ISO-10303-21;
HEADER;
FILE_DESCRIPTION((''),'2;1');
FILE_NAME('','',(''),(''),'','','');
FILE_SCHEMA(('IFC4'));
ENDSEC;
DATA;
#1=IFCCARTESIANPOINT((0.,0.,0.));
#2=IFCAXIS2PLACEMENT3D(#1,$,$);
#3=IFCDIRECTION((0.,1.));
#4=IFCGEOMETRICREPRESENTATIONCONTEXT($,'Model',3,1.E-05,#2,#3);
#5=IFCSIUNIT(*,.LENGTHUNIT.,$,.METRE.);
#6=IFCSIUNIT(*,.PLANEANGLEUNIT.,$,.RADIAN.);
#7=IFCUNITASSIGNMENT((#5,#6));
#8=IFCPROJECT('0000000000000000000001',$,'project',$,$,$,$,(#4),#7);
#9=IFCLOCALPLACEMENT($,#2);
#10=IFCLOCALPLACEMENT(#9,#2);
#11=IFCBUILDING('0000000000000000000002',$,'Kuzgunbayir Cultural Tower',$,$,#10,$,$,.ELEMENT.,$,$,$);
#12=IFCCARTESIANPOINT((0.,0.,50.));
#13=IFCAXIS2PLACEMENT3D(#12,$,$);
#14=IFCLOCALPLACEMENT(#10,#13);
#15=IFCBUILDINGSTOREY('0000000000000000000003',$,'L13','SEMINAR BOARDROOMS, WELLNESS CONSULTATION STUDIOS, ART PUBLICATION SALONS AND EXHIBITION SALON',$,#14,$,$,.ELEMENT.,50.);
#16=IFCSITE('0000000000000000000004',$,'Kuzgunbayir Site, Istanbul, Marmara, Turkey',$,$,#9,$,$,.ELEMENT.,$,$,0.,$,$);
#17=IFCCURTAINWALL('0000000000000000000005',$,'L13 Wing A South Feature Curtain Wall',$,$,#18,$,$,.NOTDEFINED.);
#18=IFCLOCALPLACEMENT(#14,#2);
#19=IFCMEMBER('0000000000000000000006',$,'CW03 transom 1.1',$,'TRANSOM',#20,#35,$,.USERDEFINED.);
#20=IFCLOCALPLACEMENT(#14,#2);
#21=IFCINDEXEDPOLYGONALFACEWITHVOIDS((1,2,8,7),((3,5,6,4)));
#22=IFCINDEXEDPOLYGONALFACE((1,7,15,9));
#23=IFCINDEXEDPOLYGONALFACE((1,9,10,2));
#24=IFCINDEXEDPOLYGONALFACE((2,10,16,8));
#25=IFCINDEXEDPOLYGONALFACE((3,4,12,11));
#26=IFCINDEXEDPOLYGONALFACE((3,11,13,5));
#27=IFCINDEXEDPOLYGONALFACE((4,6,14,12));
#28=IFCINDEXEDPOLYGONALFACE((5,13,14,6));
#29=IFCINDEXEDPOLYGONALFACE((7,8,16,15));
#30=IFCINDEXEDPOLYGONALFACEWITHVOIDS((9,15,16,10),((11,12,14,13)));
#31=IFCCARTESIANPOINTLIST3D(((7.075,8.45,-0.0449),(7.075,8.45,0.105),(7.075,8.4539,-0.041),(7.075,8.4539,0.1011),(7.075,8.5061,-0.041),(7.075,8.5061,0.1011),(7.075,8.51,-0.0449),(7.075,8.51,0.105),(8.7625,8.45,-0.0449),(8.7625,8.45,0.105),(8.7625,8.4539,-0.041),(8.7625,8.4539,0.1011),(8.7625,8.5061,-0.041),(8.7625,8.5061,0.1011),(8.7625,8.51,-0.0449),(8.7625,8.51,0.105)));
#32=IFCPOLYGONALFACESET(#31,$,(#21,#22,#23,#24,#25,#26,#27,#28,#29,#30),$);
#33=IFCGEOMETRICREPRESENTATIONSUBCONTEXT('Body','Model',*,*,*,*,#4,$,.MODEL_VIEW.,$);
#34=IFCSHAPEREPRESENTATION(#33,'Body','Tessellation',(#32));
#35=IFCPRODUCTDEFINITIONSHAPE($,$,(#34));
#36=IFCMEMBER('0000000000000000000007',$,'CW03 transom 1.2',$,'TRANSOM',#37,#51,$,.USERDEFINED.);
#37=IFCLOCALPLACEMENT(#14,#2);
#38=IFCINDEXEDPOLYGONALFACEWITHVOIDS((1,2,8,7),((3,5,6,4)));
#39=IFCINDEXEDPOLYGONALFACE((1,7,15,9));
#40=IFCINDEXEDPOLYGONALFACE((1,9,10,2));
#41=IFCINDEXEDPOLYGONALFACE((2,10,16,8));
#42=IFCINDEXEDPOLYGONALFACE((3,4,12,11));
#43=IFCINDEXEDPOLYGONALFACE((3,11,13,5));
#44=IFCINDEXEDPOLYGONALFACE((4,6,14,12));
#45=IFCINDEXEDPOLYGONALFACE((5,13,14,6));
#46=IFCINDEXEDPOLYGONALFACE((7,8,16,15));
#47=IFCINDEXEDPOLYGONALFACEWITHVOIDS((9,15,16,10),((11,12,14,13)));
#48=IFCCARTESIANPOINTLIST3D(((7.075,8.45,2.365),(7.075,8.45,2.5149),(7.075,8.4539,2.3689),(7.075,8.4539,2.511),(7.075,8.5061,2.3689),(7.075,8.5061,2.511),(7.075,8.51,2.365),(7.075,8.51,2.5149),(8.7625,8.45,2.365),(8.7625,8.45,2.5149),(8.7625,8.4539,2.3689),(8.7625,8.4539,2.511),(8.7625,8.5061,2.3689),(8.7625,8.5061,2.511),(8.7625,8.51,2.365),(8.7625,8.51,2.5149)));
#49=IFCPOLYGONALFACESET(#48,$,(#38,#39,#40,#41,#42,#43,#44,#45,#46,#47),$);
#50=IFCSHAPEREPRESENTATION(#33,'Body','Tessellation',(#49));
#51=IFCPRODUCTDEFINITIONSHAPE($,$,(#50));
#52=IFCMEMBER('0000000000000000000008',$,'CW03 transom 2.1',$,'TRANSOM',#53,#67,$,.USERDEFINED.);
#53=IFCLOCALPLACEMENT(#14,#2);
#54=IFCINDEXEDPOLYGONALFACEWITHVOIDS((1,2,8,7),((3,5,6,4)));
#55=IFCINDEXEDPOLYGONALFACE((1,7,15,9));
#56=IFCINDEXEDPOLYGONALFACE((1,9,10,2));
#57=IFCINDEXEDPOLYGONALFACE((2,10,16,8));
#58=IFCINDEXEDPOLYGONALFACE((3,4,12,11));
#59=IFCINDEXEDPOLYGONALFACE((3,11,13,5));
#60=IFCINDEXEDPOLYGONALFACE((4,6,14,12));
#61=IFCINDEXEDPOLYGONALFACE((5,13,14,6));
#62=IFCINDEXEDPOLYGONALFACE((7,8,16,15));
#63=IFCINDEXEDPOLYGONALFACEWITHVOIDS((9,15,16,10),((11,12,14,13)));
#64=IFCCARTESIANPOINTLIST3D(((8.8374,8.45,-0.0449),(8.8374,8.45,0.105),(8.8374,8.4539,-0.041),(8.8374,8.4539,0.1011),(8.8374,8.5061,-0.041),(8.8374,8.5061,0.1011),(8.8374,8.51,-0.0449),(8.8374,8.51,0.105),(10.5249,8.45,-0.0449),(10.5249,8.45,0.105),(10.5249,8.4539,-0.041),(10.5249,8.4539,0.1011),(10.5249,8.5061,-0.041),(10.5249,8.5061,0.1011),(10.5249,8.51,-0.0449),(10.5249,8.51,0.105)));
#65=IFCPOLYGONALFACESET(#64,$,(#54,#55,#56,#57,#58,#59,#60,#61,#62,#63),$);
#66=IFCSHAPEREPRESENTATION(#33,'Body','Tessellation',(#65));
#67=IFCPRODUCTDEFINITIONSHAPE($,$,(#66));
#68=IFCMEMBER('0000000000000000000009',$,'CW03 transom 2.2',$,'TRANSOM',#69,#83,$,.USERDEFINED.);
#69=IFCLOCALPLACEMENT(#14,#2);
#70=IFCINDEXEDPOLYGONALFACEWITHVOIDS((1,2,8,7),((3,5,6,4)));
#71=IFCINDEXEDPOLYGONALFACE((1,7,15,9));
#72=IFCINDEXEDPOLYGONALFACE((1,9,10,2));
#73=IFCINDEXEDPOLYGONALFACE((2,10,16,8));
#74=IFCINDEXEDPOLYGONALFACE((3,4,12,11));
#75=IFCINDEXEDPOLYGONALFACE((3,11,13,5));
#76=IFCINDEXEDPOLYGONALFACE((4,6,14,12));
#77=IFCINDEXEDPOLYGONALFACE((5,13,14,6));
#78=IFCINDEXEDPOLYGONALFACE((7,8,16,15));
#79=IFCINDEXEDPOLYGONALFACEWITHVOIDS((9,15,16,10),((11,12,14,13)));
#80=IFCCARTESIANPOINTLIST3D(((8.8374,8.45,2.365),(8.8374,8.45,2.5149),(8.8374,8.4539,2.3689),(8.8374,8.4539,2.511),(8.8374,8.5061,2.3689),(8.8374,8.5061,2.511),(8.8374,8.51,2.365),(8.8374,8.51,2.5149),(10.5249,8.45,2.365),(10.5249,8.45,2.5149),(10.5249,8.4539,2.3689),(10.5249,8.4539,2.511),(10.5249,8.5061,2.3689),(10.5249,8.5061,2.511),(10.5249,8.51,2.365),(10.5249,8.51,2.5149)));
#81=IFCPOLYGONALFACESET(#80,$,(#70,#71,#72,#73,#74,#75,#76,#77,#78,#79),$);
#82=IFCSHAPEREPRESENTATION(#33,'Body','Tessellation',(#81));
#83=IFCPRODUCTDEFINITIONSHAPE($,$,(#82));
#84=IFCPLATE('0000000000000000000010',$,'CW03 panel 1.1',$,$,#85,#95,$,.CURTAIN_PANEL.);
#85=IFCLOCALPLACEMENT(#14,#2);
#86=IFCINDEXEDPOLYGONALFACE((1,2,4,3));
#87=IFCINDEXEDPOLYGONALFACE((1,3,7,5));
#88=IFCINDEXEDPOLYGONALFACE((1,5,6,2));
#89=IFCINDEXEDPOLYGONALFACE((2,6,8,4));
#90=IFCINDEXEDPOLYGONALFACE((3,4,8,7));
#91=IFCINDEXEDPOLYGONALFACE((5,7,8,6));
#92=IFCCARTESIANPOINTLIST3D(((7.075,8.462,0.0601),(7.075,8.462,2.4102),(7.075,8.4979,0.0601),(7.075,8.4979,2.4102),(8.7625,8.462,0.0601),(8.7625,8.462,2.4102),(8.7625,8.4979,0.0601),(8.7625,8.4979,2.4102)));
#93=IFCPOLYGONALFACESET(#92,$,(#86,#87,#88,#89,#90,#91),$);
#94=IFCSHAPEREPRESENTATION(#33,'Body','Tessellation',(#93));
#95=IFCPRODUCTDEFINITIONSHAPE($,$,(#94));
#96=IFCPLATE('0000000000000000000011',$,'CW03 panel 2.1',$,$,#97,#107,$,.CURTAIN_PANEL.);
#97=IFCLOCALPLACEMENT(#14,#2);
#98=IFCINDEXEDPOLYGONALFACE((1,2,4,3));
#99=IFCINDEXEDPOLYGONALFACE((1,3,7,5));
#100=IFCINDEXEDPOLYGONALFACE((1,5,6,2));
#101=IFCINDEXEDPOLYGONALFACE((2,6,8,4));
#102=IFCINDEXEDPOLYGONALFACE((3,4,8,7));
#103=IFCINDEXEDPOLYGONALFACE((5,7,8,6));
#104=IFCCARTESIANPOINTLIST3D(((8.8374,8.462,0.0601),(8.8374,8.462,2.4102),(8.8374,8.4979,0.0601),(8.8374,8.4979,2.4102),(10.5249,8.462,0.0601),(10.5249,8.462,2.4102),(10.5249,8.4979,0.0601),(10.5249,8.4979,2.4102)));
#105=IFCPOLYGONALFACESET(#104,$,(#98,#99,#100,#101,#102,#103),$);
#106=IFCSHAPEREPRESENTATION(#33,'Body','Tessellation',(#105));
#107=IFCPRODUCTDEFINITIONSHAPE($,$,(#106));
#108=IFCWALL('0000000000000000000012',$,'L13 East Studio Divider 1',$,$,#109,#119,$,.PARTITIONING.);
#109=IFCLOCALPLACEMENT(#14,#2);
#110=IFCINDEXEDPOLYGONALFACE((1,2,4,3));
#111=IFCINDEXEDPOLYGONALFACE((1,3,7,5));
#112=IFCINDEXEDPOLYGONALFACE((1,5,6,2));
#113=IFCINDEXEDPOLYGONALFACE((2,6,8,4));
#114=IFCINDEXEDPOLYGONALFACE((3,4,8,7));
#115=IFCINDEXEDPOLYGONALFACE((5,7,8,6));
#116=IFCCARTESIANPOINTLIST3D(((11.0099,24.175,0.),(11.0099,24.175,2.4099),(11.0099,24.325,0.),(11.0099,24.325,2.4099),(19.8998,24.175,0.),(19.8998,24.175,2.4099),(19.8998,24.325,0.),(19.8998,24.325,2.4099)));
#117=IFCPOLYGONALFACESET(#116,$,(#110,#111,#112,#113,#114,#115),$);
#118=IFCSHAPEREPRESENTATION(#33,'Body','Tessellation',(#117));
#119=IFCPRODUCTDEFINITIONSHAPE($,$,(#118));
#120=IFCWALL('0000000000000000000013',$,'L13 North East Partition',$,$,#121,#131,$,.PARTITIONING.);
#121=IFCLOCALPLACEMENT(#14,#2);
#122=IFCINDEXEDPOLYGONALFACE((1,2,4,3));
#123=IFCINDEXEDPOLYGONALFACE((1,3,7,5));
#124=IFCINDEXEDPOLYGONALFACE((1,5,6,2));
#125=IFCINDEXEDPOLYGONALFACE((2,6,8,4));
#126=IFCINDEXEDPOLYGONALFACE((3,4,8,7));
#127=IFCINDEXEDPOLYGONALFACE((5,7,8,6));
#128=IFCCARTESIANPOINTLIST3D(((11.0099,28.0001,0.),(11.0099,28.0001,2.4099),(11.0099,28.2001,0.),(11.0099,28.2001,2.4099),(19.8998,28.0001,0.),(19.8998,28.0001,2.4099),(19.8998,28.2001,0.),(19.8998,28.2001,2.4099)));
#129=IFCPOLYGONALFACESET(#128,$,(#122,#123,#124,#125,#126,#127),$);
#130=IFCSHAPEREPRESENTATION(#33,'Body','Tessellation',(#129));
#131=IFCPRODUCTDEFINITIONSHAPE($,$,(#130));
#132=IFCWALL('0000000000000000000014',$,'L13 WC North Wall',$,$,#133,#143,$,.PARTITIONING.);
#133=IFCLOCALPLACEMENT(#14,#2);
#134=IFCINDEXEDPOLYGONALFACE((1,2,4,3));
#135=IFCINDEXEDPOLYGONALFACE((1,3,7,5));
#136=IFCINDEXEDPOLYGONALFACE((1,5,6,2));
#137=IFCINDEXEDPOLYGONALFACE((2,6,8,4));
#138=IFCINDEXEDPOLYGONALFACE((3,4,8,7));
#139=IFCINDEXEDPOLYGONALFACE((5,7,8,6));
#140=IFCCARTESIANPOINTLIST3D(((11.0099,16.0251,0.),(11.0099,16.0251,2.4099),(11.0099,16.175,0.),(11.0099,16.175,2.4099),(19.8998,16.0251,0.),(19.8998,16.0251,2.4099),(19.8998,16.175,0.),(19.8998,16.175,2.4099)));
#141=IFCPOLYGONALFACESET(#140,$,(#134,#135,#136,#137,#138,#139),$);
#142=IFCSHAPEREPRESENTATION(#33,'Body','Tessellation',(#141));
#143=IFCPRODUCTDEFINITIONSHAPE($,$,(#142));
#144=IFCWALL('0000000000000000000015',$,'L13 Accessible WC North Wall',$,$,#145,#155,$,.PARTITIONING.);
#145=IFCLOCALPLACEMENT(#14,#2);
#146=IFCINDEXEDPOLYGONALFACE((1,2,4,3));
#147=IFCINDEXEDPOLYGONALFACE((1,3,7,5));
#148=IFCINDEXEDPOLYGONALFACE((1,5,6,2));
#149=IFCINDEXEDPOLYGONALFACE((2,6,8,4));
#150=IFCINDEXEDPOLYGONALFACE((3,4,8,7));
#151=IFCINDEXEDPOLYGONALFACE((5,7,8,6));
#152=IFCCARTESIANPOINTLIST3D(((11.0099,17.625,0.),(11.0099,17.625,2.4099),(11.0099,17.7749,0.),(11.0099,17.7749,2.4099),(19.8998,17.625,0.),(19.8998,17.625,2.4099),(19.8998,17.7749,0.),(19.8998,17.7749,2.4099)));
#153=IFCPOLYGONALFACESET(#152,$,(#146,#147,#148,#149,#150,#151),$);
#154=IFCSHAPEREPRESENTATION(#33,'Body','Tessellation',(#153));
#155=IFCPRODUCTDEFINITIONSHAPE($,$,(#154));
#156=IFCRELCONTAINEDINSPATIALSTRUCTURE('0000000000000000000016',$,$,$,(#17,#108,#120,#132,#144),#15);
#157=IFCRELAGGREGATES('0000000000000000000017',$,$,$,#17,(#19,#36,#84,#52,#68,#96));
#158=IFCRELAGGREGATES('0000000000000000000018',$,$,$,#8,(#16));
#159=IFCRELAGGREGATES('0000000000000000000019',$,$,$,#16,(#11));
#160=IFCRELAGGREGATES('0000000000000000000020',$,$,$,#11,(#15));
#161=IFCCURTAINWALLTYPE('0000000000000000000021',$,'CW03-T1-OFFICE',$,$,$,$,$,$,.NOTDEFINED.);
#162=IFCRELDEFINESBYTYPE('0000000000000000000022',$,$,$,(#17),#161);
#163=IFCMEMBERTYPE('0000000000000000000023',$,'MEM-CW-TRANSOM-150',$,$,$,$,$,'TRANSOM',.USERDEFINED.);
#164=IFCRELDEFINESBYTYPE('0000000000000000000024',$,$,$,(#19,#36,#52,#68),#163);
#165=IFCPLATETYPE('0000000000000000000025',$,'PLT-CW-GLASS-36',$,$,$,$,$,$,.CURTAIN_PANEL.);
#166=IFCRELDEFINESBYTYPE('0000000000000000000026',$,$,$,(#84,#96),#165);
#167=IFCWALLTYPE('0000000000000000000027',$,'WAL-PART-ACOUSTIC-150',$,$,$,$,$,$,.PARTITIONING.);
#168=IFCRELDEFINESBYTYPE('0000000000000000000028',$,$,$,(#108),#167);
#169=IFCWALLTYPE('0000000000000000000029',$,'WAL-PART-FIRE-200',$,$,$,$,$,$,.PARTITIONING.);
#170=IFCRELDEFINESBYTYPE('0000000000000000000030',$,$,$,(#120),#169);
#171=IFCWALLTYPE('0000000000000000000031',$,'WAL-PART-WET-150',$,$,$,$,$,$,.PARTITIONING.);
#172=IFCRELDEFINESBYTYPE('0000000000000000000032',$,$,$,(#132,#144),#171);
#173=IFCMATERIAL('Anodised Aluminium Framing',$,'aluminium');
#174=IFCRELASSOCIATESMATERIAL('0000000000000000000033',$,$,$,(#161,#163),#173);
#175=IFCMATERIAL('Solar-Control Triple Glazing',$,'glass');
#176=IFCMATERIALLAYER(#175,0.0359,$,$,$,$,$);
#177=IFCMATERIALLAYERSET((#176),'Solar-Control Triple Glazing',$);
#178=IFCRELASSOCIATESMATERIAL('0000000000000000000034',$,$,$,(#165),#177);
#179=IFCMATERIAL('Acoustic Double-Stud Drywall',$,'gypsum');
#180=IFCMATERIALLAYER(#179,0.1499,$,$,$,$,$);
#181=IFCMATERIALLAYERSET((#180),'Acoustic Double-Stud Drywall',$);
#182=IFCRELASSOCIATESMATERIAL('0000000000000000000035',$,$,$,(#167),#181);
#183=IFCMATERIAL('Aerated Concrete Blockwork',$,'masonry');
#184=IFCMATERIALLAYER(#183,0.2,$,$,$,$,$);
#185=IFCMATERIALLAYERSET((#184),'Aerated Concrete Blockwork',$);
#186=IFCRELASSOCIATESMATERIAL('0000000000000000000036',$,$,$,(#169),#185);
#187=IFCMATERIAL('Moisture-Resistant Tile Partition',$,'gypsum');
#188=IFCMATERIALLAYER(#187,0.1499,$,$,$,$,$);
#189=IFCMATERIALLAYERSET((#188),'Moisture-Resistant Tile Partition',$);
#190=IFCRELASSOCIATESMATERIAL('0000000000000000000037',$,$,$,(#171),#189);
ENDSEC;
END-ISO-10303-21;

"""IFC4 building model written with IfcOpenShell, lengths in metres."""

from ifc_helpers import new_model, si_unit, direction, frame, frame_2d, origin, origin_2d, place, context, subcontext, project, spatial, rectangle, hollow_rectangle, extrude, material, layer, layer_set, material_profile, profile_set, type_object, element, aggregate, save


model = new_model("IFC4")

# Units and contexts
model_context = context("Model", 3, precision=1e-05, world=origin(), true_north=direction((0.0, 1.0)))
body_context = subcontext(model_context, "Body", "Model", "MODEL_VIEW")
ifc_project = project(units=[si_unit("LENGTHUNIT", "METRE"), si_unit("PLANEANGLEUNIT", "RADIAN")], contexts=[model_context])

# Site, building, storey
site_placement = place(None, origin())
site = spatial("IfcSite", under=ifc_project, at=site_placement, Name="Kuzgunbayir Site, Istanbul, Marmara, Turkey", CompositionType="ELEMENT", RefElevation=0.0)
building_placement = place(site_placement, origin())
building = spatial("IfcBuilding", under=site, at=building_placement, Name="Kuzgunbayir Cultural Tower", CompositionType="ELEMENT")
storey_placement = place(building_placement, frame((0.0, 0.0, 50.0)))
storey = spatial("IfcBuildingStorey", under=building, at=storey_placement, Name="L13", Description="SEMINAR BOARDROOMS, WELLNESS CONSULTATION STUDIOS, ART PUBLICATION SALONS AND EXHIBITION SALON", CompositionType="ELEMENT", Elevation=50.0)

# Curtain wall, members, plates
ifc_material_1 = material(Name="Anodised Aluminium Framing", Category="aluminium")
curtain_wall_type = type_object("IfcCurtainWallType", Name="CW03-T1-OFFICE", PredefinedType="NOTDEFINED", material=ifc_material_1)
curtain_wall_placement = place(storey_placement, origin())
curtain_wall = element("IfcCurtainWall", 1, at=curtain_wall_placement, inside=storey, type_object=curtain_wall_type, Name="L13 Wing A South Feature Curtain Wall", PredefinedType="NOTDEFINED")
ifc_material_profile_1 = material_profile(ifc_material_1, hollow_rectangle(XDim=0.0601, YDim=0.1499, WallThickness=0.0039, at=origin_2d()), Name="RHS 150x60x4")
ifc_profile_set_1 = profile_set([ifc_material_profile_1], Name="Anodised Aluminium Framing")
member_type_1 = type_object("IfcMemberType", Name="MEM-CW-TRANSOM-150", ElementType="TRANSOM", PredefinedType="USERDEFINED", material=ifc_profile_set_1)
member_1_placement = place(storey_placement, frame((7.075, 8.48, 0.03), z_axis=(1.0, 0.0, 0.0), x_axis=(0.0, 1.0, 0.0)))
member_1 = element("IfcMember", 2, at=member_1_placement, type_object=member_type_1, Name="CW03 transom 1.1", ObjectType="TRANSOM", PredefinedType="USERDEFINED", context=body_context, shape_type="SweptSolid", body=[
    extrude(hollow_rectangle(XDim=0.0601, YDim=0.1499, WallThickness=0.0039, at=origin_2d()), origin(), (0.0, 0.0, 1.0), 1.6875),
])
member_2_placement = place(storey_placement, frame((7.075, 8.48, 2.4399), z_axis=(1.0, 0.0, 0.0), x_axis=(0.0, 1.0, 0.0)))
member_2 = element("IfcMember", 3, at=member_2_placement, type_object=member_type_1, Name="CW03 transom 1.2", ObjectType="TRANSOM", PredefinedType="USERDEFINED", context=body_context, shape_type="SweptSolid", body=[
    extrude(hollow_rectangle(XDim=0.0601, YDim=0.1499, WallThickness=0.0039, at=origin_2d()), origin(), (0.0, 0.0, 1.0), 1.6875),
])
member_3_placement = place(storey_placement, frame((8.8374, 8.48, 0.03), z_axis=(1.0, 0.0, 0.0), x_axis=(0.0, 1.0, 0.0)))
member_3 = element("IfcMember", 4, at=member_3_placement, type_object=member_type_1, Name="CW03 transom 2.1", ObjectType="TRANSOM", PredefinedType="USERDEFINED", context=body_context, shape_type="SweptSolid", body=[
    extrude(hollow_rectangle(XDim=0.0601, YDim=0.1499, WallThickness=0.0039, at=origin_2d()), origin(), (0.0, 0.0, 1.0), 1.6875),
])
member_4_placement = place(storey_placement, frame((8.8374, 8.48, 2.4399), z_axis=(1.0, 0.0, 0.0), x_axis=(0.0, 1.0, 0.0)))
member_4 = element("IfcMember", 5, at=member_4_placement, type_object=member_type_1, Name="CW03 transom 2.2", ObjectType="TRANSOM", PredefinedType="USERDEFINED", context=body_context, shape_type="SweptSolid", body=[
    extrude(hollow_rectangle(XDim=0.0601, YDim=0.1499, WallThickness=0.0039, at=origin_2d()), origin(), (0.0, 0.0, 1.0), 1.6875),
])
ifc_material_2 = material(Name="Solar-Control Triple Glazing", Category="glass")
ifc_layer_1 = layer(ifc_material_2, 0.0359)
ifc_layer_set_1 = layer_set([ifc_layer_1], Name="Solar-Control Triple Glazing")
plate_type = type_object("IfcPlateType", Name="PLT-CW-GLASS-36", PredefinedType="CURTAIN_PANEL", material=ifc_layer_set_1)
plate_1_placement = place(storey_placement, frame((7.9187, 8.48, 0.0601), z_axis=(0.0, 0.0, 1.0), x_axis=(1.0, 0.0, 0.0)))
plate_1 = element("IfcPlate", 6, at=plate_1_placement, type_object=plate_type, Name="CW03 panel 1.1", PredefinedType="CURTAIN_PANEL", context=body_context, shape_type="SweptSolid", body=[
    extrude(rectangle(XDim=1.6875, YDim=0.0359, at=origin_2d()), origin(), (0.0, 0.0, 1.0), 2.3501),
])
plate_2_placement = place(storey_placement, frame((9.6812, 8.48, 0.0601), z_axis=(0.0, 0.0, 1.0), x_axis=(1.0, 0.0, 0.0)))
plate_2 = element("IfcPlate", 7, at=plate_2_placement, type_object=plate_type, Name="CW03 panel 2.1", PredefinedType="CURTAIN_PANEL", context=body_context, shape_type="SweptSolid", body=[
    extrude(rectangle(XDim=1.6875, YDim=0.0359, at=origin_2d()), origin(), (0.0, 0.0, 1.0), 2.3501),
])
aggregate(curtain_wall, [member_1, member_2, plate_1, member_3, member_4, plate_2])

# Wall
ifc_material_3 = material(Name="Acoustic Double-Stud Drywall", Category="gypsum")
ifc_layer_2 = layer(ifc_material_3, 0.1499)
ifc_layer_set_2 = layer_set([ifc_layer_2], Name="Acoustic Double-Stud Drywall")
wall_type_1 = type_object("IfcWallType", Name="WAL-PART-ACOUSTIC-150", PredefinedType="PARTITIONING", material=ifc_layer_set_2)
wall_1_placement = place(storey_placement, frame((11.01, 24.25, 0.0), z_axis=(0.0, 0.0, 1.0), x_axis=(1.0, 0.0, 0.0)))
element("IfcWall", 8, at=wall_1_placement, inside=storey, type_object=wall_type_1, Name="L13 East Studio Divider 1", PredefinedType="PARTITIONING", context=body_context, shape_type="SweptSolid", body=[
    extrude(rectangle(XDim=8.8899, YDim=0.1499, at=frame_2d((4.4448, 0.0))), origin(), (0.0, 0.0, 1.0), 2.4099),
])

# Shared definitions
ifc_material_4 = material(Name="Aerated Concrete Blockwork", Category="masonry")
ifc_layer_3 = layer(ifc_material_4, 0.2)
ifc_layer_set_3 = layer_set([ifc_layer_3], Name="Aerated Concrete Blockwork")
wall_type_2 = type_object("IfcWallType", Name="WAL-PART-FIRE-200", PredefinedType="PARTITIONING", material=ifc_layer_set_3)

# Walls
wall_2_placement = place(storey_placement, frame((11.01, 28.1001, 0.0), z_axis=(0.0, 0.0, 1.0), x_axis=(1.0, 0.0, 0.0)))
element("IfcWall", 9, at=wall_2_placement, inside=storey, type_object=wall_type_2, Name="L13 North East Partition", PredefinedType="PARTITIONING", context=body_context, shape_type="SweptSolid", body=[
    extrude(rectangle(XDim=8.8899, YDim=0.2, at=frame_2d((4.4448, 0.0))), origin(), (0.0, 0.0, 1.0), 2.4099),
])
ifc_material_5 = material(Name="Moisture-Resistant Tile Partition", Category="gypsum")
ifc_layer_4 = layer(ifc_material_5, 0.1499)
ifc_layer_set_4 = layer_set([ifc_layer_4], Name="Moisture-Resistant Tile Partition")
wall_type_3 = type_object("IfcWallType", Name="WAL-PART-WET-150", PredefinedType="PARTITIONING", material=ifc_layer_set_4)
for number, where, z_axis, x_axis, name in (
    (10, (11.01, 16.1001, 0.0), (0.0, 0.0, 1.0), (1.0, 0.0, 0.0), "L13 WC North Wall"),
    (11, (11.01, 17.7, 0.0), (0.0, 0.0, 1.0), (1.0, 0.0, 0.0), "L13 Accessible WC North Wall"),
):
    element("IfcWall", number, at=place(storey_placement, frame(where, z_axis=z_axis, x_axis=x_axis)), inside=storey, type_object=wall_type_3, Name=name, PredefinedType="PARTITIONING", context=body_context, shape_type="SweptSolid", body=[
        extrude(rectangle(XDim=8.8899, YDim=0.1499, at=frame_2d((4.4448, 0.0))), origin(), (0.0, 0.0, 1.0), 2.4099),
    ])

save(model, "model.ifc")
